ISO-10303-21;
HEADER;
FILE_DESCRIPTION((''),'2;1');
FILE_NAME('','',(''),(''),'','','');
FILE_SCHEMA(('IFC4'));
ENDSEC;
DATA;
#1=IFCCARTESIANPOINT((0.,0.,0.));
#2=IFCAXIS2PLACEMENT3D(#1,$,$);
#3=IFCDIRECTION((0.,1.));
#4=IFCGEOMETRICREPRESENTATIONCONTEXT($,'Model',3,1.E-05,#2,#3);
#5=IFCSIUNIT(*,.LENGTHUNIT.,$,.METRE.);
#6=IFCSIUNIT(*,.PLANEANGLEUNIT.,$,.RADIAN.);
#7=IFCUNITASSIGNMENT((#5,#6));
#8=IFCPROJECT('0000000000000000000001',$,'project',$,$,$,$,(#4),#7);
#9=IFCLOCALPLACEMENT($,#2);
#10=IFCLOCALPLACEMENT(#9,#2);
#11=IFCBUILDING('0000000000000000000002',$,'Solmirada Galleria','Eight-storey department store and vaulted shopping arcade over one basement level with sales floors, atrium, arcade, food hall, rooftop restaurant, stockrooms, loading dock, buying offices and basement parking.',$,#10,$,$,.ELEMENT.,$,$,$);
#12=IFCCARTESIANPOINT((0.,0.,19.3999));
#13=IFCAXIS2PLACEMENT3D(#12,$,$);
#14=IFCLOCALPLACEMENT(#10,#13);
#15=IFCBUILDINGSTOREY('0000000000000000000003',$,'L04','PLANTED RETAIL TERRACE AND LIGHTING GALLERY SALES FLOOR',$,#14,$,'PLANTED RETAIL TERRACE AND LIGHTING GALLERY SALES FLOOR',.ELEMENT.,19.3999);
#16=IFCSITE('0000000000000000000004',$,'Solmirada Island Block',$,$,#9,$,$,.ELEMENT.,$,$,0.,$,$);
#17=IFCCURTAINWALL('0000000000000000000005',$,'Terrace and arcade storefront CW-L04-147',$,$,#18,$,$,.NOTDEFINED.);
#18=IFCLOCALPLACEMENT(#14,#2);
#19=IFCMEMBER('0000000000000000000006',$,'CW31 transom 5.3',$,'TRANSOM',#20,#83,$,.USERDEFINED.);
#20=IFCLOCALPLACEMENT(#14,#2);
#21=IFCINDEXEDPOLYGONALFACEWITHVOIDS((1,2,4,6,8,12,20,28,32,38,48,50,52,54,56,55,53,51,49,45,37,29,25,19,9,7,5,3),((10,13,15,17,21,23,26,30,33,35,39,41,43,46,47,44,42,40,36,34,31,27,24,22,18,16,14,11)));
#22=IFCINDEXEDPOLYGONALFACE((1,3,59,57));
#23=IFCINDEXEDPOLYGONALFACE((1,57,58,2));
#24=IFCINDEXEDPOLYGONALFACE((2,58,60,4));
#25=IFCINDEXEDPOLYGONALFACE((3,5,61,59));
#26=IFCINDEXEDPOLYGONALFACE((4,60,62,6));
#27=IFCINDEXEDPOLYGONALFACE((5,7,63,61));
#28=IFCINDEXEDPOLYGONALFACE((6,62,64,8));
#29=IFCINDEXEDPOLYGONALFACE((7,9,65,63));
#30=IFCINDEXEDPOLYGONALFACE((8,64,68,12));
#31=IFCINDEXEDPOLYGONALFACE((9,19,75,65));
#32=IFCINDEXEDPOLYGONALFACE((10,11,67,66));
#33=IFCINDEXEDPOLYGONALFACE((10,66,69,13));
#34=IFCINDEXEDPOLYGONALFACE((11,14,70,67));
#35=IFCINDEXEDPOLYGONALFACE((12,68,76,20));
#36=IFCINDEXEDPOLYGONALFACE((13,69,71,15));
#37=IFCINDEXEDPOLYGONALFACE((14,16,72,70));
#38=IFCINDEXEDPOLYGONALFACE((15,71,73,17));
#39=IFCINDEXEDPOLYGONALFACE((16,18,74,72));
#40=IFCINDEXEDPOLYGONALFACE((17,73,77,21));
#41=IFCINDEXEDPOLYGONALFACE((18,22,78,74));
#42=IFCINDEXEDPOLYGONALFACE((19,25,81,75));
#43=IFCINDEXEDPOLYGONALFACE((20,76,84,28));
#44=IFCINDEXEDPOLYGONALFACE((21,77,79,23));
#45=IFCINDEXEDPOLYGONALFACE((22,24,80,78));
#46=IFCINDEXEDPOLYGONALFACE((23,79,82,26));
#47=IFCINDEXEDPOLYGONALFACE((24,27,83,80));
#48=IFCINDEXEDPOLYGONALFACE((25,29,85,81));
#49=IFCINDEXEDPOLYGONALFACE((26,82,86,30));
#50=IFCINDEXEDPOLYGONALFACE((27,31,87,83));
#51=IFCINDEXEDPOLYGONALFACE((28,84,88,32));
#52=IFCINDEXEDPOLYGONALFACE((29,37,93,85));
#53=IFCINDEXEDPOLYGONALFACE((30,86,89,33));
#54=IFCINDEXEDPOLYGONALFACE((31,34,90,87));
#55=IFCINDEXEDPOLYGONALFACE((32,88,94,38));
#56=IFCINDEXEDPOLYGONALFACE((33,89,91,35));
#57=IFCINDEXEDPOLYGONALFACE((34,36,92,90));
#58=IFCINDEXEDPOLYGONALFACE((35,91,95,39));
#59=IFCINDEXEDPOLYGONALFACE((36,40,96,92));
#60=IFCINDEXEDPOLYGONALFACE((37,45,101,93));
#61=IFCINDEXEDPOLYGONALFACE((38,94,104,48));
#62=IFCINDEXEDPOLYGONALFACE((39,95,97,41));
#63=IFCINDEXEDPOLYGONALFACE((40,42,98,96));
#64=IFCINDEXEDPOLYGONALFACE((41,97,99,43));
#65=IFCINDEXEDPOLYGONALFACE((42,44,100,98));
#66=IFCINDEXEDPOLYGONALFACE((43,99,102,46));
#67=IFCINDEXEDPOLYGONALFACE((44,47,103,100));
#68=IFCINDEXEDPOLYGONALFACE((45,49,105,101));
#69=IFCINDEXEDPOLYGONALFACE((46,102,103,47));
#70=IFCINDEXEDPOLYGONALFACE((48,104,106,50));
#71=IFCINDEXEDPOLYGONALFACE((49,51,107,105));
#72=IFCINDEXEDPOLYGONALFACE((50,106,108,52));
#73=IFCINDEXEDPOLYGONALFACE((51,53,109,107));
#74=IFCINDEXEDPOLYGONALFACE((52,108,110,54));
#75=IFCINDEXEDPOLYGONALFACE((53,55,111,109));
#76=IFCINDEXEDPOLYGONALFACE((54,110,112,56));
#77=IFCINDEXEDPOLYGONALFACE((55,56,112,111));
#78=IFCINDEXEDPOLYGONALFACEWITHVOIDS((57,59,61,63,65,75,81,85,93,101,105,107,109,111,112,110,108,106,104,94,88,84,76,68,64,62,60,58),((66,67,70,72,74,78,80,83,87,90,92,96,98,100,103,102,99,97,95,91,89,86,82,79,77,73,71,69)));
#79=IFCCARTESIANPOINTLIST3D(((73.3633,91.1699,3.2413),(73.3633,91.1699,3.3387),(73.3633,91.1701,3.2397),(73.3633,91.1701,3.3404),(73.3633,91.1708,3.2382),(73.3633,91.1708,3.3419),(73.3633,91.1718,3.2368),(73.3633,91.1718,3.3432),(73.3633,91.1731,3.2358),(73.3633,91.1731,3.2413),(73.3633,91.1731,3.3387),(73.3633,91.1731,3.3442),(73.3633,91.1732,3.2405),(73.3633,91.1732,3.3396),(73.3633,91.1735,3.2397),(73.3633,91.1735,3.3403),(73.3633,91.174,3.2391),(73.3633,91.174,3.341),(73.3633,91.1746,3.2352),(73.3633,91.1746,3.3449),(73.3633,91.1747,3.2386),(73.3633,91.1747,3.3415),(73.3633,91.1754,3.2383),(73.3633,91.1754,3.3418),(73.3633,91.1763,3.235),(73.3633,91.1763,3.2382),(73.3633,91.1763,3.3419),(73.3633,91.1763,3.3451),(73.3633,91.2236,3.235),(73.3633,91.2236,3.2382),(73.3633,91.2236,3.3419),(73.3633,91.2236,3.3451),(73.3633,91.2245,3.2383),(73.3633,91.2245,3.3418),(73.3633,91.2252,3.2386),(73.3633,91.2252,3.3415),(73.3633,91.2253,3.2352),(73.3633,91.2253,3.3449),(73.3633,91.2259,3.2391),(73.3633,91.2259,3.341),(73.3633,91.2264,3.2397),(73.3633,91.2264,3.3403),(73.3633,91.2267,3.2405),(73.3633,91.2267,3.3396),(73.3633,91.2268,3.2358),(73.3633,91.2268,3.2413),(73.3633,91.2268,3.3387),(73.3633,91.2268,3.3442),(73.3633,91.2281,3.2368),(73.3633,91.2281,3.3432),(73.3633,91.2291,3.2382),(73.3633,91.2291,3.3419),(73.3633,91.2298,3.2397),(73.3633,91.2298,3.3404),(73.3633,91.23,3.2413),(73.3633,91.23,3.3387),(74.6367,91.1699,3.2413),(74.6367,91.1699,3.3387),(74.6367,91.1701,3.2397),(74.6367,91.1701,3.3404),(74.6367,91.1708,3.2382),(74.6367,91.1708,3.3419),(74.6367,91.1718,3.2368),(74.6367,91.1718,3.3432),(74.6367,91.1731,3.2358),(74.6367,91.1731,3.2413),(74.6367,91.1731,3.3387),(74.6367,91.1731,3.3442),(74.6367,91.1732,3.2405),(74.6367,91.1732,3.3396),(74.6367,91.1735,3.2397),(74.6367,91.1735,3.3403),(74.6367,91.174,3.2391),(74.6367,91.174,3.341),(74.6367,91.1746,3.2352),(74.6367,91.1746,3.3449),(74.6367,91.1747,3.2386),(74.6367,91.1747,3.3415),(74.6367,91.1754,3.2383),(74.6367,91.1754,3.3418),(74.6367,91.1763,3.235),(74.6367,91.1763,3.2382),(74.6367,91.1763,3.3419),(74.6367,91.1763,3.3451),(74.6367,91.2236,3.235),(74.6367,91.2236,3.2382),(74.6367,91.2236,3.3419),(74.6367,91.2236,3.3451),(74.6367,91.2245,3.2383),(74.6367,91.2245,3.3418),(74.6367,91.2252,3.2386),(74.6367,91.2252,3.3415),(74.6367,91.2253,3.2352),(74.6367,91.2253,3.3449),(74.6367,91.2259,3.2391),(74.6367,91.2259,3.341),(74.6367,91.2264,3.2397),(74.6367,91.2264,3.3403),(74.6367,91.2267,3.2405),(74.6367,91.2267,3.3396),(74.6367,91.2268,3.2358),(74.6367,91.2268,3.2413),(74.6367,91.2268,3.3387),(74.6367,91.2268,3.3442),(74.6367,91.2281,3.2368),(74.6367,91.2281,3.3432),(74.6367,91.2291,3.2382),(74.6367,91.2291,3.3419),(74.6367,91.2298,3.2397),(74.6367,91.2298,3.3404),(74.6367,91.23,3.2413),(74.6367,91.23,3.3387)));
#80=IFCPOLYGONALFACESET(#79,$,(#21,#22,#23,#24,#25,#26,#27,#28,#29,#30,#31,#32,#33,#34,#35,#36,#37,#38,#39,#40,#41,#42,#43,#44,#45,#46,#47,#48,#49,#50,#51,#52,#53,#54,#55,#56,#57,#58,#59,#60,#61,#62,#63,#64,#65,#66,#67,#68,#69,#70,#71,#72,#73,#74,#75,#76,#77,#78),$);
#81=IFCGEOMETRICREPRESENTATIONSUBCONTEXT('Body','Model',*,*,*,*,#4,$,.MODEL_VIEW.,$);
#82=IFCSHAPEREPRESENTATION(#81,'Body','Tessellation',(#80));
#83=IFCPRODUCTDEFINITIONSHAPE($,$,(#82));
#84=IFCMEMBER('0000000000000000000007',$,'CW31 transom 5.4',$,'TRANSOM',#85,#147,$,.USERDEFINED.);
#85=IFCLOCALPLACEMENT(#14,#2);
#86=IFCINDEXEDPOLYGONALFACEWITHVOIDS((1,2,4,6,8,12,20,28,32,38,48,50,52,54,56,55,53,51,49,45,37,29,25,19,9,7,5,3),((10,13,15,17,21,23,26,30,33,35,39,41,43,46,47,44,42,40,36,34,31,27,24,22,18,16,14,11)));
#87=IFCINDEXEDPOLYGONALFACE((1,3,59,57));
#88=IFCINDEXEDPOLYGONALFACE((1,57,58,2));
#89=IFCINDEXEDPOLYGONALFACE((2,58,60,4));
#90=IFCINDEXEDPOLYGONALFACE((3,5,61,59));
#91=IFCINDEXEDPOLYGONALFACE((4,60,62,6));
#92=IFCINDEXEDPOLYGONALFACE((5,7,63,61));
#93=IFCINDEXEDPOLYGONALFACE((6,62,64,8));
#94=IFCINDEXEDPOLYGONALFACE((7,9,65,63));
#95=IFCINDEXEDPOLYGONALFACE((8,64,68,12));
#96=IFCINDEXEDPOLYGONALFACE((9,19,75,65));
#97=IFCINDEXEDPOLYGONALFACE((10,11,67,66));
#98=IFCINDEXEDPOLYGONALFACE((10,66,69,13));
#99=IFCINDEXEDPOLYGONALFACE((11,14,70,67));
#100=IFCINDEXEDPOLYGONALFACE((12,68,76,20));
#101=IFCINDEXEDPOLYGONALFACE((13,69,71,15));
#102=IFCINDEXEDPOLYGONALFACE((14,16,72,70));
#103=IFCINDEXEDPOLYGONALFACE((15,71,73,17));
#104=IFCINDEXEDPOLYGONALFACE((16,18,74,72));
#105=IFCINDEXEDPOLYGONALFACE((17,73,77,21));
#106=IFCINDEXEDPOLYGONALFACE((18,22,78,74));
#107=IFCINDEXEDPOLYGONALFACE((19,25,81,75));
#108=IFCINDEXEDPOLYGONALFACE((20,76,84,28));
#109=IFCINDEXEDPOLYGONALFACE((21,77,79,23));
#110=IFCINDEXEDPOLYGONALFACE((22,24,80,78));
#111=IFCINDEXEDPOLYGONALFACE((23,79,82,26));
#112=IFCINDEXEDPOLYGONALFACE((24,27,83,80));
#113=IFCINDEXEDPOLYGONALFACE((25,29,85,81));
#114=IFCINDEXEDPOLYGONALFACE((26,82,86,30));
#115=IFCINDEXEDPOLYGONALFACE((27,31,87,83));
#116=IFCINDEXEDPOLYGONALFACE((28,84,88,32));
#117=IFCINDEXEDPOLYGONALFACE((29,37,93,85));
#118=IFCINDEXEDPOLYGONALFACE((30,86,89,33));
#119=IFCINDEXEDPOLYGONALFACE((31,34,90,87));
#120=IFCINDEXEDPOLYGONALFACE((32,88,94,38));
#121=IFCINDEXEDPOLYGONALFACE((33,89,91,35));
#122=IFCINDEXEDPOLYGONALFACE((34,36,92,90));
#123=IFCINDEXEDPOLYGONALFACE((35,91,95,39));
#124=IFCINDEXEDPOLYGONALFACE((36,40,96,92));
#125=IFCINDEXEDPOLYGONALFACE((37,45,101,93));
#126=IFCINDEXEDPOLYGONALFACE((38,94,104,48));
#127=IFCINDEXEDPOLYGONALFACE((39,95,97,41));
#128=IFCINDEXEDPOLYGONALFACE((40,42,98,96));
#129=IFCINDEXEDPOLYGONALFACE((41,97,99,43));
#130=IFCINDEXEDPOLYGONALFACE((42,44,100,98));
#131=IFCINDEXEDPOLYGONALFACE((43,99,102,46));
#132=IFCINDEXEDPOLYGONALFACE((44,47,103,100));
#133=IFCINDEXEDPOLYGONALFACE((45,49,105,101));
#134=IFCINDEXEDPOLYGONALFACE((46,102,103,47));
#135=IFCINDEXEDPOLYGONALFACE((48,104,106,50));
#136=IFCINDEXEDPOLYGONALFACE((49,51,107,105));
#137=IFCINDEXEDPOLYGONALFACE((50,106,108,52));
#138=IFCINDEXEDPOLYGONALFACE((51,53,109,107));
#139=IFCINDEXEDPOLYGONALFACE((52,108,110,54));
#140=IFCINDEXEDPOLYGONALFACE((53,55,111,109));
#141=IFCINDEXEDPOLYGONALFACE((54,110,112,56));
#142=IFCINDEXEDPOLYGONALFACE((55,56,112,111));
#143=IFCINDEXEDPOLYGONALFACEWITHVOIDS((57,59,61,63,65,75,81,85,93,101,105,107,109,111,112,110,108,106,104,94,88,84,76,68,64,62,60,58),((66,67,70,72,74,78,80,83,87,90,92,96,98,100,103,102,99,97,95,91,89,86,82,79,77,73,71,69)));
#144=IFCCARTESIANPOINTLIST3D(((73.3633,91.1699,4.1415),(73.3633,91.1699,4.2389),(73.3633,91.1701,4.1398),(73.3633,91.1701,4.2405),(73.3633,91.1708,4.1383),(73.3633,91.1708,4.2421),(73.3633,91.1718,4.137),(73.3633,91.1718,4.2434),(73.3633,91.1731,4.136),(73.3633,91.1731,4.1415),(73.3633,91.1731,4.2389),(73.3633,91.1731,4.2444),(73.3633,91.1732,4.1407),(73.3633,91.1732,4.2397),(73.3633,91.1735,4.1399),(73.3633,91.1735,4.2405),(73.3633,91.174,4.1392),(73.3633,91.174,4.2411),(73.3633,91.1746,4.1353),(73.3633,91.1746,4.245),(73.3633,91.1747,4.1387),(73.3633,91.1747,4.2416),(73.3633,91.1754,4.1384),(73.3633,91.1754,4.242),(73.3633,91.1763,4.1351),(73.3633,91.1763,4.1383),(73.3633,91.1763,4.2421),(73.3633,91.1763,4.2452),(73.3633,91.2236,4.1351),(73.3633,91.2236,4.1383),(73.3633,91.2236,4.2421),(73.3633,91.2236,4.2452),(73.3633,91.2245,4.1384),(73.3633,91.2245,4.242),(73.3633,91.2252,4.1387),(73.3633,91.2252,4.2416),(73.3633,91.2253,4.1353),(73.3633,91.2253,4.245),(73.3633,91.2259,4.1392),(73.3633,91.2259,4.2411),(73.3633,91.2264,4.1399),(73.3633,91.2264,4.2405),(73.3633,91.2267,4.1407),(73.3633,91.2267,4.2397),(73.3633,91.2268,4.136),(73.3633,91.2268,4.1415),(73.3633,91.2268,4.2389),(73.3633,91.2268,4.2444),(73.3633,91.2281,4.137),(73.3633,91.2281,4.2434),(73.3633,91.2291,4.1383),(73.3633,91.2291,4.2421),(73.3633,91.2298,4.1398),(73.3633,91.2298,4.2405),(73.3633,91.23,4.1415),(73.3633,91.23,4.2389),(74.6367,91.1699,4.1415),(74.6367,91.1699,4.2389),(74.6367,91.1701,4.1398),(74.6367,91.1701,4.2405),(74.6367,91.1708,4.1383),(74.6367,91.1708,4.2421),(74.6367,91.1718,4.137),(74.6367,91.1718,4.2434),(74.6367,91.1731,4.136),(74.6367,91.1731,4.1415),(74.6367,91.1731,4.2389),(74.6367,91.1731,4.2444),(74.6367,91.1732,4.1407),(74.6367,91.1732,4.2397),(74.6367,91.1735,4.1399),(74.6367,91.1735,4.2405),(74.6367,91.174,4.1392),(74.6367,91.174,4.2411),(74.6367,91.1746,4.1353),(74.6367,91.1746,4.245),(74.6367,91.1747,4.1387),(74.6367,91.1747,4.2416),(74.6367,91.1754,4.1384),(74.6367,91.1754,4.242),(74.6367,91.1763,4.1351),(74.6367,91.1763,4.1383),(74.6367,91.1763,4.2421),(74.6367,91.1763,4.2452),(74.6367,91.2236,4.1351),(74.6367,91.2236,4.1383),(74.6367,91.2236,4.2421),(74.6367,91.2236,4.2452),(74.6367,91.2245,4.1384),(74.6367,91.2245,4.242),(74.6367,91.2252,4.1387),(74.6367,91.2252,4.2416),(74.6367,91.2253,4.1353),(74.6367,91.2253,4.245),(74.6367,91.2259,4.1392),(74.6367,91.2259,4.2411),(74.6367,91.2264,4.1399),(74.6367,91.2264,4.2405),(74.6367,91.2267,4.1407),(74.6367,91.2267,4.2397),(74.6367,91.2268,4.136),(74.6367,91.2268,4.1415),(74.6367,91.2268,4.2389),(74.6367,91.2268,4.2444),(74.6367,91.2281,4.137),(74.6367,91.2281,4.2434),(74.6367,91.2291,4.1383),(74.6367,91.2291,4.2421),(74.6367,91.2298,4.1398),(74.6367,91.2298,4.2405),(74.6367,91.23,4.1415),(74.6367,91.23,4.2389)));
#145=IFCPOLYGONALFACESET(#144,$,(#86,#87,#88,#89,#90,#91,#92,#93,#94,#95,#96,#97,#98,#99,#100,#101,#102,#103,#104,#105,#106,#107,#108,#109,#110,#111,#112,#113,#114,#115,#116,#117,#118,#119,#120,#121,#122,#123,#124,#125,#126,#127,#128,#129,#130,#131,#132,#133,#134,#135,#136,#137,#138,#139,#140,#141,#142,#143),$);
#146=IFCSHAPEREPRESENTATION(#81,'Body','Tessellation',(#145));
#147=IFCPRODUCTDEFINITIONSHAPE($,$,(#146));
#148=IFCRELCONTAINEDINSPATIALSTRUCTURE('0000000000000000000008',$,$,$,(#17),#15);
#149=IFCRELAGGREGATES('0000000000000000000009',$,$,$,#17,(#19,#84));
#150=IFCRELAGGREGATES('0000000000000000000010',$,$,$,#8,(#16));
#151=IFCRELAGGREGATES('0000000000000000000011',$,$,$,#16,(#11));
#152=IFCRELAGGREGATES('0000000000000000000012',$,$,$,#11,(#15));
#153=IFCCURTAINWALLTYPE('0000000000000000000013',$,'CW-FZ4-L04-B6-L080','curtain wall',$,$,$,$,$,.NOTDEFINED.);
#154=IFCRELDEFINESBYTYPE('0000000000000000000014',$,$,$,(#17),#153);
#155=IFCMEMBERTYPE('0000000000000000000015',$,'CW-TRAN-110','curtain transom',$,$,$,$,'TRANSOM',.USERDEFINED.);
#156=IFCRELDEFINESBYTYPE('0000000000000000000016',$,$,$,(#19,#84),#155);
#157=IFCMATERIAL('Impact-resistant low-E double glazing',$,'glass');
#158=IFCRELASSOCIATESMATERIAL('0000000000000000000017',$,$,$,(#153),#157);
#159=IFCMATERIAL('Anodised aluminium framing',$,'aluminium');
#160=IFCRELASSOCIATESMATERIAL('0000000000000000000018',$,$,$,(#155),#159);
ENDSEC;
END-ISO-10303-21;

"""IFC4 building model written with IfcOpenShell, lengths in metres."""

from ifc_helpers import new_model, si_unit, direction, frame, origin, origin_2d, place, context, subcontext, project, spatial, hollow_rectangle, extrude, material, material_profile, profile_set, type_object, element, aggregate, save


model = new_model("IFC4")

# Units and contexts
model_context = context("Model", 3, precision=1e-05, world=origin(), true_north=direction((0.0, 1.0)))
body_context = subcontext(model_context, "Body", "Model", "MODEL_VIEW")
ifc_project = project(units=[si_unit("LENGTHUNIT", "METRE"), si_unit("PLANEANGLEUNIT", "RADIAN")], contexts=[model_context])

# Site, building, storey
site_placement = place(None, origin())
site = spatial("IfcSite", under=ifc_project, at=site_placement, Name="Solmirada Island Block", CompositionType="ELEMENT", RefElevation=0.0)
building_placement = place(site_placement, origin())
building = spatial("IfcBuilding", under=site, at=building_placement, Name="Solmirada Galleria", Description="Eight-storey department store and vaulted shopping arcade over one basement level with sales floors, atrium, arcade, food hall, rooftop restaurant, stockrooms, loading dock, buying offices and basement parking.", CompositionType="ELEMENT")
storey_placement = place(building_placement, frame((0.0, 0.0, 19.3999)))
storey = spatial("IfcBuildingStorey", under=building, at=storey_placement, Name="L04", Description="PLANTED RETAIL TERRACE AND LIGHTING GALLERY SALES FLOOR", LongName="PLANTED RETAIL TERRACE AND LIGHTING GALLERY SALES FLOOR", CompositionType="ELEMENT", Elevation=19.3999)

# Curtain wall
ifc_material_1 = material(Name="Impact-resistant low-E double glazing", Category="glass")
curtain_wall_type = type_object("IfcCurtainWallType", Name="CW-FZ4-L04-B6-L080", Description="curtain wall", PredefinedType="NOTDEFINED", material=ifc_material_1)
curtain_wall_1_placement = place(storey_placement, origin())
curtain_wall_1 = element("IfcCurtainWall", 1, at=curtain_wall_1_placement, inside=storey, type_object=curtain_wall_type, Name="Terrace and arcade storefront CW-L04-147", PredefinedType="NOTDEFINED")
ifc_material_2 = material(Name="Anodised aluminium framing", Category="aluminium")

# Members
ifc_material_profile_1 = material_profile(ifc_material_2, hollow_rectangle(XDim=0.0601, YDim=0.1101, WallThickness=0.0032, InnerFilletRadius=0.0032, OuterFilletRadius=0.0063, at=origin_2d()), Name="ALU-TRAN-110X60")
ifc_profile_set_1 = profile_set([ifc_material_profile_1], Name="Anodised aluminium framing")
member_type_1 = type_object("IfcMemberType", Name="CW-TRAN-110", Description="curtain transom", ElementType="TRANSOM", PredefinedType="USERDEFINED", material=ifc_profile_set_1)
member_1_placement = place(storey_placement, frame((74.6367, 91.2, 3.29), z_axis=(-1.0, 0.0, 0.0), x_axis=(0.0, -1.0, 0.0)))
member_1 = element("IfcMember", 2, at=member_1_placement, type_object=member_type_1, Name="CW31 transom 5.3", ObjectType="TRANSOM", PredefinedType="USERDEFINED", context=body_context, shape_type="SweptSolid", body=[
    extrude(hollow_rectangle(XDim=0.0601, YDim=0.1101, WallThickness=0.0032, InnerFilletRadius=0.0032, OuterFilletRadius=0.0063, at=origin_2d()), origin(), (0.0, 0.0, 1.0), 1.2734),
])
member_2_placement = place(storey_placement, frame((74.6367, 91.2, 4.1902), z_axis=(-1.0, 0.0, 0.0), x_axis=(0.0, -1.0, 0.0)))
member_2 = element("IfcMember", 3, at=member_2_placement, type_object=member_type_1, Name="CW31 transom 5.4", ObjectType="TRANSOM", PredefinedType="USERDEFINED", context=body_context, shape_type="SweptSolid", body=[
    extrude(hollow_rectangle(XDim=0.0601, YDim=0.1101, WallThickness=0.0032, InnerFilletRadius=0.0032, OuterFilletRadius=0.0063, at=origin_2d()), origin(), (0.0, 0.0, 1.0), 1.2734),
])

aggregate(curtain_wall_1, [member_1, member_2])

save(model, "model.ifc")
